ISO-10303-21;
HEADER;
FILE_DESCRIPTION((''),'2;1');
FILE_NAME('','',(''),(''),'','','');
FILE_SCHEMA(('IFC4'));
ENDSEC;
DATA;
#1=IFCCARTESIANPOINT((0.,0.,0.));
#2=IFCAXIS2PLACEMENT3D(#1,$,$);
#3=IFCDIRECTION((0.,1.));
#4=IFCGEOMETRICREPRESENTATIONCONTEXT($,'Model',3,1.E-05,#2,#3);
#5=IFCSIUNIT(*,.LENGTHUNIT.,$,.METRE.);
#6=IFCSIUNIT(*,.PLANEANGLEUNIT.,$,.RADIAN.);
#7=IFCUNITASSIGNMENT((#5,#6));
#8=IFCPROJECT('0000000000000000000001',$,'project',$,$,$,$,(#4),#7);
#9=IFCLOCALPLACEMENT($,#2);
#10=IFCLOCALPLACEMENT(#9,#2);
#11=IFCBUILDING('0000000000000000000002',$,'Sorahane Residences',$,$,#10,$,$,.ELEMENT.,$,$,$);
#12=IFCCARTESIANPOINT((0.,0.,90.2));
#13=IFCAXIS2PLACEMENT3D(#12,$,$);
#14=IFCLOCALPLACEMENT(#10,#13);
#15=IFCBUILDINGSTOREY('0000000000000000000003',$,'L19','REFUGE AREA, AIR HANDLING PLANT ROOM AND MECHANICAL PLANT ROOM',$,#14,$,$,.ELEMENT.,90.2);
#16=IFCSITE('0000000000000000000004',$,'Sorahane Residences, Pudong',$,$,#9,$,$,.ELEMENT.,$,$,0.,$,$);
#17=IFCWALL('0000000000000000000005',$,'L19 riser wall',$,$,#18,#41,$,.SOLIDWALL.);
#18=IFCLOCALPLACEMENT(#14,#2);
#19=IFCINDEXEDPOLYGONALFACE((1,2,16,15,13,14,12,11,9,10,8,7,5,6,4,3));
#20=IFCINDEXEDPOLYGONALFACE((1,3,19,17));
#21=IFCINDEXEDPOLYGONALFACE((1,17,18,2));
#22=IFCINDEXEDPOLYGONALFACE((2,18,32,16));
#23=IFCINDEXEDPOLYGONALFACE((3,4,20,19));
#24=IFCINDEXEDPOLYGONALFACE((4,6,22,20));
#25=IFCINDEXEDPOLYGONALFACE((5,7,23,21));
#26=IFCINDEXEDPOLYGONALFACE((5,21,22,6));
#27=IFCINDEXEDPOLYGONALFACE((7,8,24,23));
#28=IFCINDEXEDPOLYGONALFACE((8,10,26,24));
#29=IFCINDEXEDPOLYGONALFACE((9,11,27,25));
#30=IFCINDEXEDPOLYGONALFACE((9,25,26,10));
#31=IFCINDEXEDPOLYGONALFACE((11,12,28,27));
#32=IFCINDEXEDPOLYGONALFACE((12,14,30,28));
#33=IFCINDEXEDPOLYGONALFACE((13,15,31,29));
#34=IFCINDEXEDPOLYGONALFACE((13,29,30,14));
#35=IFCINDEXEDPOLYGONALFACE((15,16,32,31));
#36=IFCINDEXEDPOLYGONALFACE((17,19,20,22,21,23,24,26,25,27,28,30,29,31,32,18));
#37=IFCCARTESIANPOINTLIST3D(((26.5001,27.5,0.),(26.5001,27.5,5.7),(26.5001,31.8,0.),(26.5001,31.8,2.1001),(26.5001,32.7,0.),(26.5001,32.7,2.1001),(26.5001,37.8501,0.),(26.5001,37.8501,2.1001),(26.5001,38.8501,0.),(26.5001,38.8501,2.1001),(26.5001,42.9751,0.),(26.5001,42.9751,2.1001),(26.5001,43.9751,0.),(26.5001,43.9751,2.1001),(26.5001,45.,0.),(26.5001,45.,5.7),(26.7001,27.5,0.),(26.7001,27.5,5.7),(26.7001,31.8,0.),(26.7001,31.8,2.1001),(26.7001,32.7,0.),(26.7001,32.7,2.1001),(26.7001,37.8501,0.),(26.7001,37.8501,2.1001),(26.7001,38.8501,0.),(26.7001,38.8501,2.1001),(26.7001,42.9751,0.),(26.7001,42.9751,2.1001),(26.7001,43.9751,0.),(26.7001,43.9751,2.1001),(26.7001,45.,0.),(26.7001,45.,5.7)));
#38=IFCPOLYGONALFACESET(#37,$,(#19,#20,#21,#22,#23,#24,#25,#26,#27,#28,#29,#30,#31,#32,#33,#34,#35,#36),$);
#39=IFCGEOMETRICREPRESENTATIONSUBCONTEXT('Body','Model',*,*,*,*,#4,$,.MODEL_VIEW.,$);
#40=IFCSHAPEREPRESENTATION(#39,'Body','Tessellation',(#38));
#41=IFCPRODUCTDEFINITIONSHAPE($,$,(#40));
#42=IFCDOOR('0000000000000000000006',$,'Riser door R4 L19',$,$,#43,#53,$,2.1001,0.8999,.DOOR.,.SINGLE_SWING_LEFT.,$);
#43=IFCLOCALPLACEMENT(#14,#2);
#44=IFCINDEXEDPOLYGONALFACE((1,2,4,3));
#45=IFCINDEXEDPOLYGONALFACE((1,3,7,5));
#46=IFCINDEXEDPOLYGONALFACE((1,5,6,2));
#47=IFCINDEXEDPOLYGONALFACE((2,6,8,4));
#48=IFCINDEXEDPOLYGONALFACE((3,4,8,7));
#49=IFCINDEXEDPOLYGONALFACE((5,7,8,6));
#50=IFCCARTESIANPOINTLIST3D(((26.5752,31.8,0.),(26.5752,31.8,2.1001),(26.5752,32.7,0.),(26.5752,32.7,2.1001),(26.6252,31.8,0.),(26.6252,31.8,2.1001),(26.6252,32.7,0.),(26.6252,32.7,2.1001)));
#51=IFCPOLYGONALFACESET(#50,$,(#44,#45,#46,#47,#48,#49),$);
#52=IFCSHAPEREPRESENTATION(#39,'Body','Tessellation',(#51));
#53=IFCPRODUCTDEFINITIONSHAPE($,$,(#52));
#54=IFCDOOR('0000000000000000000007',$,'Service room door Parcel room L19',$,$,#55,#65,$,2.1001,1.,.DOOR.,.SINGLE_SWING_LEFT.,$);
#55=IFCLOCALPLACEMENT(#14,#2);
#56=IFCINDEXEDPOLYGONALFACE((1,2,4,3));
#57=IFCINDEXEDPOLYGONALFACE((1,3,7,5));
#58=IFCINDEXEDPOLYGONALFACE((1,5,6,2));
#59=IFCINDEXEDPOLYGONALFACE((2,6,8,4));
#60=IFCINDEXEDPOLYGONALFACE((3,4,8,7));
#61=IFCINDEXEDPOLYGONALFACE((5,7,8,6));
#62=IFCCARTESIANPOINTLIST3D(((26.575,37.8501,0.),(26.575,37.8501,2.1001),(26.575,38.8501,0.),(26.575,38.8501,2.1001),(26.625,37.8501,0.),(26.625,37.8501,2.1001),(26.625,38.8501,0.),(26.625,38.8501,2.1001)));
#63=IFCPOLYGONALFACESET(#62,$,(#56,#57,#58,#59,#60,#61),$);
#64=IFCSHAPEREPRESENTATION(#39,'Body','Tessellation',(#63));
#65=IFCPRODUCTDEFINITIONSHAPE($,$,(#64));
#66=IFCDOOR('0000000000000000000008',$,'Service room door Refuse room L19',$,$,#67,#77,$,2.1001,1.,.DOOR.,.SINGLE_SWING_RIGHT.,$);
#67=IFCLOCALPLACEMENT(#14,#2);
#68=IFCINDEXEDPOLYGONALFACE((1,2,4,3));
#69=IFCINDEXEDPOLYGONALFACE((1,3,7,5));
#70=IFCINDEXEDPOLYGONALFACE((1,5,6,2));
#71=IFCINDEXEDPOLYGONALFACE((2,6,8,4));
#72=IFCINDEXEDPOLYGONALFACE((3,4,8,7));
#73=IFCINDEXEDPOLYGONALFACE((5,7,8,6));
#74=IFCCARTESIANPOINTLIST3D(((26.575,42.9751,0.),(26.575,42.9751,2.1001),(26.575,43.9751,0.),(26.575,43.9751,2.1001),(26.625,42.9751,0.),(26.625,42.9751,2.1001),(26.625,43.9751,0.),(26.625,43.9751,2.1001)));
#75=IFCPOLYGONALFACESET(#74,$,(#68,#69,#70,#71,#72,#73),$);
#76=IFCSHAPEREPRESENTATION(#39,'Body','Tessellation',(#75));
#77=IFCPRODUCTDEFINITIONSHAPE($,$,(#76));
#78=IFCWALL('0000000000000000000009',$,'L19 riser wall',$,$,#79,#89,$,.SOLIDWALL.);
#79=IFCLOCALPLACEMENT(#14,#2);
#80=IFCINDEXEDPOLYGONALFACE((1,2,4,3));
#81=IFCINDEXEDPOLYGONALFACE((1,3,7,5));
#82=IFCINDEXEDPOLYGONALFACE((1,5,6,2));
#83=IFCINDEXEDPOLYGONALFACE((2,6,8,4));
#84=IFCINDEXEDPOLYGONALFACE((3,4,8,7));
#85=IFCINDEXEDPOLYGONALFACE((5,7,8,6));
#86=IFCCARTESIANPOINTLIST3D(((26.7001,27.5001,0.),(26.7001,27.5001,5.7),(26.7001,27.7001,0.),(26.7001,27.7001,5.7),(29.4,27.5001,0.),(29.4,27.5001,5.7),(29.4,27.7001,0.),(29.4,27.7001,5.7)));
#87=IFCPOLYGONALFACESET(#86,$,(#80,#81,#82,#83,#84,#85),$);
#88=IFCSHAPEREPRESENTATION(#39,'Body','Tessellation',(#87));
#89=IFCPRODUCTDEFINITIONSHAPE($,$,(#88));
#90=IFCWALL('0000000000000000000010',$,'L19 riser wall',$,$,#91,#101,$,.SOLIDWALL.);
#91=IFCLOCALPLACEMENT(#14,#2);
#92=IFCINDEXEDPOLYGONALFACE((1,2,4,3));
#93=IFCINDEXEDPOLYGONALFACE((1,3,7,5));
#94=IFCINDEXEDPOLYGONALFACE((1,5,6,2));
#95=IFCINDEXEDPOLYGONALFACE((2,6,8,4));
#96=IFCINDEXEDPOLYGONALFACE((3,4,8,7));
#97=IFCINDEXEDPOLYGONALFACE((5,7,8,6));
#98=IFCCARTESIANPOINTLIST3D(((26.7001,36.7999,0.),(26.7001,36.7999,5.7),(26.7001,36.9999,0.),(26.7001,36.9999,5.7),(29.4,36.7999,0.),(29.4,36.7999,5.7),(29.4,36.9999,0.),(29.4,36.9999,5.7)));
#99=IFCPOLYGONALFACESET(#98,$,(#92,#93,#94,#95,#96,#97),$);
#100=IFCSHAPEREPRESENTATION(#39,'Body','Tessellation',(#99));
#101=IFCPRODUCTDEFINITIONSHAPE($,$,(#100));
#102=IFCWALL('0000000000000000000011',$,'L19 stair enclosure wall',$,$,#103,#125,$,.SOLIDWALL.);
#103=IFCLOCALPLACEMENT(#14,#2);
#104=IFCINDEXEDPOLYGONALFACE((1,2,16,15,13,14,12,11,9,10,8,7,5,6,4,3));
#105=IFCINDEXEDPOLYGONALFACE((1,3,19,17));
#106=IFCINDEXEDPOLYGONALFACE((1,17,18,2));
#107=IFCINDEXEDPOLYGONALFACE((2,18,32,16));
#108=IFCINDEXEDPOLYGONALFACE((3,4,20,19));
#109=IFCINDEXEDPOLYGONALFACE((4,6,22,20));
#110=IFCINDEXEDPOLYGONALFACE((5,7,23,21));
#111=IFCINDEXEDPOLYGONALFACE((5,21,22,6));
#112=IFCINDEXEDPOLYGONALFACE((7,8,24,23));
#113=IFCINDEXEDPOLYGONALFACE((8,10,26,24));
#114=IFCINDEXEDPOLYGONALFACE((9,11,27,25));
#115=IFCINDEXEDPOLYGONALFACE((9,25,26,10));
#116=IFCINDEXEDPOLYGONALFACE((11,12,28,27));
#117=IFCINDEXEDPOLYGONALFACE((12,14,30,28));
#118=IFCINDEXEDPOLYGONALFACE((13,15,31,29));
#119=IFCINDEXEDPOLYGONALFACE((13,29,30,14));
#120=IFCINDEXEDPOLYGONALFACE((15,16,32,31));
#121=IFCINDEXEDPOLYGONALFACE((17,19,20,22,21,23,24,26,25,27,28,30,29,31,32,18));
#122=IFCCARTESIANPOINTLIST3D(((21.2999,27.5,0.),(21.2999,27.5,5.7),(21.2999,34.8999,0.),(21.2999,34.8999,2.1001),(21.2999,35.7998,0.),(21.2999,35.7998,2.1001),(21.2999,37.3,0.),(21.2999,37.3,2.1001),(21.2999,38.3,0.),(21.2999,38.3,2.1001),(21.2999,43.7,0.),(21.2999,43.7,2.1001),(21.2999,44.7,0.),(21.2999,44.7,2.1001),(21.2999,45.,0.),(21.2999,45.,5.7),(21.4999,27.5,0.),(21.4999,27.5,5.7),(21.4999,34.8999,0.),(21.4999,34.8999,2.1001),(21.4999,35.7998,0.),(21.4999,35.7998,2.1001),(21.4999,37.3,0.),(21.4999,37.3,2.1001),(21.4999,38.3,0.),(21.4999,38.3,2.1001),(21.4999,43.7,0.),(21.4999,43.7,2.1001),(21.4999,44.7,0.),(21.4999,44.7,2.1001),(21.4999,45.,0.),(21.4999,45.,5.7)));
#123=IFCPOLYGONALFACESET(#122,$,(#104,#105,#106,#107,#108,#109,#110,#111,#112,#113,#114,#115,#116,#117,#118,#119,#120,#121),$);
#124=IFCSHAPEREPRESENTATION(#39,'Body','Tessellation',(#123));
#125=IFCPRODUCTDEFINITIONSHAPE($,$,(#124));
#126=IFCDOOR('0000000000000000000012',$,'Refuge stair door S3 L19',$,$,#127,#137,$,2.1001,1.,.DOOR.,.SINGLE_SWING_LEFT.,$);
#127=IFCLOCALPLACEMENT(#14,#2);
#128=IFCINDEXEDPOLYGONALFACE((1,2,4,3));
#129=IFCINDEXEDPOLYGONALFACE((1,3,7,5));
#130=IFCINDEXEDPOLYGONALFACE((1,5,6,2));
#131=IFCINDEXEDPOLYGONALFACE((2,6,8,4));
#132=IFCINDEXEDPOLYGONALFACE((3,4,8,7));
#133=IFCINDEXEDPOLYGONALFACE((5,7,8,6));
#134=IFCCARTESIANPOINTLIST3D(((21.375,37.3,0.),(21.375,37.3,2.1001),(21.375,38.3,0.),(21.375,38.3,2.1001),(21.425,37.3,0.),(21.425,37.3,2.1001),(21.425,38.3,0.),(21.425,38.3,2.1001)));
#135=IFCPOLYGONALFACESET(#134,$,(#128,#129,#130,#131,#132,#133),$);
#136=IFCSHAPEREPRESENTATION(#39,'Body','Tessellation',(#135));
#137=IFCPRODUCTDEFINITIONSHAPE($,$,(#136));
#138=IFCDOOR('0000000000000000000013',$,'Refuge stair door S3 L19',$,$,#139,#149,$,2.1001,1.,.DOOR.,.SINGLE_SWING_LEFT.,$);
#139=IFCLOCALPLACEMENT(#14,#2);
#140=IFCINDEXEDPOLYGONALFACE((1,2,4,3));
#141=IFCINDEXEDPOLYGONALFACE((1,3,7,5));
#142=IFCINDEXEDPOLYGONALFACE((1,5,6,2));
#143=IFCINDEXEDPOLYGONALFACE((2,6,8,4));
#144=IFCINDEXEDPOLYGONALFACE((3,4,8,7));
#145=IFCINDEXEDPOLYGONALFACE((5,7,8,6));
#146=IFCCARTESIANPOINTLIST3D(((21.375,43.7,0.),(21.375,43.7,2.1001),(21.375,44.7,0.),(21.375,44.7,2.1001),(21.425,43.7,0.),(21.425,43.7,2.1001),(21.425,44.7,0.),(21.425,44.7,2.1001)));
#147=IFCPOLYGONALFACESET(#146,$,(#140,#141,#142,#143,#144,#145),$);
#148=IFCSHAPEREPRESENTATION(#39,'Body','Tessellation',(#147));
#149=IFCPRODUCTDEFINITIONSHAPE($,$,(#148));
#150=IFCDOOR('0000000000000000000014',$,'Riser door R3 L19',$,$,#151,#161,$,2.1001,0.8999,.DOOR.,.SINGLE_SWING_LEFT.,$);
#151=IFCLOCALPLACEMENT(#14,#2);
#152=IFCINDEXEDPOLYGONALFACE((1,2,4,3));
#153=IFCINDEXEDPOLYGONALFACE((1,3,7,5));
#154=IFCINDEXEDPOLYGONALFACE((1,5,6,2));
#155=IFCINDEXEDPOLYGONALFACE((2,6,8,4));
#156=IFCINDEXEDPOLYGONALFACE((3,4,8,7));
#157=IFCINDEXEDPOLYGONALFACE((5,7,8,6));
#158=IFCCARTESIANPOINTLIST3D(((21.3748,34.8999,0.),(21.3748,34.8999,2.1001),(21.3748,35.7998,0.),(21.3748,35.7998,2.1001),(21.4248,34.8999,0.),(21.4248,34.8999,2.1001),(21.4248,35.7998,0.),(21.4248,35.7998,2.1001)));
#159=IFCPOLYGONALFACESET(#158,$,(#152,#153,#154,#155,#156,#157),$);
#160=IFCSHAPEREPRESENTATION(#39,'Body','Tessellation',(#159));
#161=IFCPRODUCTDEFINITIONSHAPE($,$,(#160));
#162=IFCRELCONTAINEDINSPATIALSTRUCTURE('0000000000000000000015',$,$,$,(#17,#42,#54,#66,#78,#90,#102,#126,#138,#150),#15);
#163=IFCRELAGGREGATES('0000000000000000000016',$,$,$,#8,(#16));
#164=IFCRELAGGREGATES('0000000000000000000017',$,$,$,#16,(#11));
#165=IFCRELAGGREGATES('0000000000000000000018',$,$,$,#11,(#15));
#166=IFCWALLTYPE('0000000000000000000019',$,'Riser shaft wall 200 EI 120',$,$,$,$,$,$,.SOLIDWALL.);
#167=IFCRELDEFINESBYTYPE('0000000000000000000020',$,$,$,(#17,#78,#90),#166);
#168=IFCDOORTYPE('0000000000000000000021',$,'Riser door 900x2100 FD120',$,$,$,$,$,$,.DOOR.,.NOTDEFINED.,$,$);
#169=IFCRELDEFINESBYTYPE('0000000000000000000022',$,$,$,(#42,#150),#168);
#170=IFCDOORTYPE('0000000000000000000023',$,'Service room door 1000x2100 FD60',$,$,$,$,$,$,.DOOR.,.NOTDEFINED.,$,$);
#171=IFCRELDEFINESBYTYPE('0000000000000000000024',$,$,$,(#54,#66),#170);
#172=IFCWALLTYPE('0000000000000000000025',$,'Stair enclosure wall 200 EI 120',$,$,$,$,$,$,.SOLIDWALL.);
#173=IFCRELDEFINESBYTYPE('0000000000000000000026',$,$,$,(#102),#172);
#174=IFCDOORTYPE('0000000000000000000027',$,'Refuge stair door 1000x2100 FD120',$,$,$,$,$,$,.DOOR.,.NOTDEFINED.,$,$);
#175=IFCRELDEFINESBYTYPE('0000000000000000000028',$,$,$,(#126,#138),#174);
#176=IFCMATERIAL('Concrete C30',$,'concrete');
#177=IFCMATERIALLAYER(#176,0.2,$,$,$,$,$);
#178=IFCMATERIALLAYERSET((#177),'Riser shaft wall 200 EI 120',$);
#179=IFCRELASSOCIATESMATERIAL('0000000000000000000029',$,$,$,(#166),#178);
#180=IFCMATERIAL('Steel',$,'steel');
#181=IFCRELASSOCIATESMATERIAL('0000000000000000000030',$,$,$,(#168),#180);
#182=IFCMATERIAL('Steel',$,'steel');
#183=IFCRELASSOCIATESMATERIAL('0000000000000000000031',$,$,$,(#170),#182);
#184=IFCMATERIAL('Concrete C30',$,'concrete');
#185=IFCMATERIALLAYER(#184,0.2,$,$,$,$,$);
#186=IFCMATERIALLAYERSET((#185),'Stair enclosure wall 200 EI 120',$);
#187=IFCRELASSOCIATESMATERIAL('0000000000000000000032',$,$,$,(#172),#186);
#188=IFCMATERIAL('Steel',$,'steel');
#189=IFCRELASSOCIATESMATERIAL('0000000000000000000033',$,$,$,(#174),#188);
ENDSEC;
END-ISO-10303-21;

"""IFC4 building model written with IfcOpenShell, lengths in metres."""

from ifc_helpers import new_model, si_unit, direction, frame, frame_2d, origin, place, context, subcontext, project, spatial, rectangle, extrude, material, layer, layer_set, type_object, element, fill, save


model = new_model("IFC4")

# Units and contexts
model_context = context("Model", 3, precision=1e-05, world=origin(), true_north=direction((0.0, 1.0)))
body_context = subcontext(model_context, "Body", "Model", "MODEL_VIEW")
ifc_project = project(units=[si_unit("LENGTHUNIT", "METRE"), si_unit("PLANEANGLEUNIT", "RADIAN")], contexts=[model_context])

# Site, building, storey
site_placement = place(None, origin())
site = spatial("IfcSite", under=ifc_project, at=site_placement, Name="Sorahane Residences, Pudong", CompositionType="ELEMENT", RefElevation=0.0)
building_placement = place(site_placement, origin())
building = spatial("IfcBuilding", under=site, at=building_placement, Name="Sorahane Residences", CompositionType="ELEMENT")
storey_placement = place(building_placement, frame((0.0, 0.0, 90.2)))
storey = spatial("IfcBuildingStorey", under=building, at=storey_placement, Name="L19", Description="REFUGE AREA, AIR HANDLING PLANT ROOM AND MECHANICAL PLANT ROOM", CompositionType="ELEMENT", Elevation=90.2)

# Wall, openings, doors
ifc_material_1 = material(Name="Concrete C30", Category="concrete")
ifc_layer_1 = layer(ifc_material_1, 0.2)
ifc_layer_set_1 = layer_set([ifc_layer_1], Name="Riser shaft wall 200 EI 120")
wall_type_1 = type_object("IfcWallType", Name="Riser shaft wall 200 EI 120", PredefinedType="SOLIDWALL", material=ifc_layer_set_1)
wall_1_placement = place(storey_placement, frame((26.6001, 27.5, 0.0), z_axis=(0.0, 0.0, 1.0), x_axis=(0.0, 1.0, 0.0)))
wall_1 = element("IfcWall", 1, at=wall_1_placement, inside=storey, type_object=wall_type_1, Name="L19 riser wall", PredefinedType="SOLIDWALL", context=body_context, shape_type="SweptSolid", body=[
    extrude(rectangle(XDim=17.5, YDim=0.2, at=frame_2d((8.75, 0.0))), origin(), (0.0, 0.0, 1.0), 5.7),
])
opening_1_placement = place(wall_1_placement, frame((4.3, 0.0, 0.0)))
opening_1 = element("IfcOpeningElement", 2, at=opening_1_placement, cuts=wall_1, PredefinedType="OPENING", context=body_context, shape_type="SweptSolid", body=[
    extrude(rectangle(XDim=0.8999, YDim=2.1001, at=frame_2d((0.45, 1.05))), frame((0.0, 0.1099, 0.0), z_axis=(0.0, -1.0, 0.0), x_axis=(1.0, 0.0, 0.0)), (0.0, 0.0, 1.0), 0.22),
])
opening_2_placement = place(wall_1_placement, frame((10.3501, 0.0, 0.0)))
opening_2 = element("IfcOpeningElement", 3, at=opening_2_placement, cuts=wall_1, PredefinedType="OPENING", context=body_context, shape_type="SweptSolid", body=[
    extrude(rectangle(XDim=1.0, YDim=2.1001, at=frame_2d((0.5, 1.05))), frame((0.0, 0.1099, 0.0), z_axis=(0.0, -1.0, 0.0), x_axis=(1.0, 0.0, 0.0)), (0.0, 0.0, 1.0), 0.22),
])
opening_3_placement = place(wall_1_placement, frame((15.4751, 0.0, 0.0)))
opening_3 = element("IfcOpeningElement", 4, at=opening_3_placement, cuts=wall_1, PredefinedType="OPENING", context=body_context, shape_type="SweptSolid", body=[
    extrude(rectangle(XDim=1.0, YDim=2.1001, at=frame_2d((0.5, 1.05))), frame((0.0, 0.1099, 0.0), z_axis=(0.0, -1.0, 0.0), x_axis=(1.0, 0.0, 0.0)), (0.0, 0.0, 1.0), 0.22),
])
ifc_material_2 = material(Name="Steel", Category="steel")
door_type_1 = type_object("IfcDoorType", Name="Riser door 900x2100 FD120", OperationType="NOTDEFINED", PredefinedType="DOOR", material=ifc_material_2)
door_1_placement = place(opening_1_placement, origin())
door_1 = element("IfcDoor", 5, at=door_1_placement, inside=storey, type_object=door_type_1, Name="Riser door R4 L19", OperationType="SINGLE_SWING_LEFT", OverallHeight=2.1001, OverallWidth=0.8999, PredefinedType="DOOR", context=body_context, shape_type="SweptSolid", body=[
    extrude(rectangle(XDim=0.8999, YDim=2.1001, at=frame_2d((0.45, 1.05))), frame((0.0, 0.0249, 0.0), z_axis=(0.0, -1.0, 0.0), x_axis=(1.0, 0.0, 0.0)), (0.0, 0.0, 1.0), 0.05),
])
fill(opening_1, door_1)
ifc_material_3 = material(Name="Steel", Category="steel")
door_type_2 = type_object("IfcDoorType", Name="Service room door 1000x2100 FD60", OperationType="NOTDEFINED", PredefinedType="DOOR", material=ifc_material_3)
door_2_placement = place(opening_2_placement, frame((1.0, 0.0, 0.0), z_axis=(0.0, 0.0, 1.0), x_axis=(-1.0, 0.0, 0.0)))
door_2 = element("IfcDoor", 6, at=door_2_placement, inside=storey, type_object=door_type_2, Name="Service room door Parcel room L19", OperationType="SINGLE_SWING_LEFT", OverallHeight=2.1001, OverallWidth=1.0, PredefinedType="DOOR", context=body_context, shape_type="SweptSolid", body=[
    extrude(rectangle(XDim=1.0, YDim=2.1001, at=frame_2d((0.5, 1.05))), frame((0.0, 0.0249, 0.0), z_axis=(0.0, -1.0, 0.0), x_axis=(1.0, 0.0, 0.0)), (0.0, 0.0, 1.0), 0.05),
])
fill(opening_2, door_2)
door_3_placement = place(opening_3_placement, frame((1.0, 0.0, 0.0), z_axis=(0.0, 0.0, 1.0), x_axis=(-1.0, 0.0, 0.0)))
door_3 = element("IfcDoor", 7, at=door_3_placement, inside=storey, type_object=door_type_2, Name="Service room door Refuse room L19", OperationType="SINGLE_SWING_RIGHT", OverallHeight=2.1001, OverallWidth=1.0, PredefinedType="DOOR", context=body_context, shape_type="SweptSolid", body=[
    extrude(rectangle(XDim=1.0, YDim=2.1001, at=frame_2d((0.5, 1.05))), frame((0.0, 0.0249, 0.0), z_axis=(0.0, -1.0, 0.0), x_axis=(1.0, 0.0, 0.0)), (0.0, 0.0, 1.0), 0.05),
])
fill(opening_3, door_3)

# Walls
for number, where, z_axis, x_axis, name in (
    (8, (26.7, 27.6001, 0.0), (0.0, 0.0, 1.0), (1.0, 0.0, 0.0), "L19 riser wall"),
    (9, (26.7, 36.8999, 0.0), (0.0, 0.0, 1.0), (1.0, 0.0, 0.0), "L19 riser wall"),
):
    element("IfcWall", number, at=place(storey_placement, frame(where, z_axis=z_axis, x_axis=x_axis)), inside=storey, type_object=wall_type_1, Name=name, PredefinedType="SOLIDWALL", context=body_context, shape_type="SweptSolid", body=[
        extrude(rectangle(XDim=2.7, YDim=0.2, at=frame_2d((1.3501, 0.0))), origin(), (0.0, 0.0, 1.0), 5.7),
    ])

# Wall, openings, doors
ifc_material_4 = material(Name="Concrete C30", Category="concrete")
ifc_layer_2 = layer(ifc_material_4, 0.2)
ifc_layer_set_2 = layer_set([ifc_layer_2], Name="Stair enclosure wall 200 EI 120")
wall_type_2 = type_object("IfcWallType", Name="Stair enclosure wall 200 EI 120", PredefinedType="SOLIDWALL", material=ifc_layer_set_2)
wall_2_placement = place(storey_placement, frame((21.3999, 27.5, 0.0), z_axis=(0.0, 0.0, 1.0), x_axis=(0.0, 1.0, 0.0)))
wall_2 = element("IfcWall", 10, at=wall_2_placement, inside=storey, type_object=wall_type_2, Name="L19 stair enclosure wall", PredefinedType="SOLIDWALL", context=body_context, shape_type="SweptSolid", body=[
    extrude(rectangle(XDim=17.5, YDim=0.2, at=frame_2d((8.75, 0.0))), origin(), (0.0, 0.0, 1.0), 5.7),
])
opening_4_placement = place(wall_2_placement, frame((9.8, 0.0, 0.0)))
opening_4 = element("IfcOpeningElement", 11, at=opening_4_placement, cuts=wall_2, PredefinedType="OPENING", context=body_context, shape_type="SweptSolid", body=[
    extrude(rectangle(XDim=1.0, YDim=2.1001, at=frame_2d((0.5, 1.05))), frame((0.0, 0.1099, 0.0), z_axis=(0.0, -1.0, 0.0), x_axis=(1.0, 0.0, 0.0)), (0.0, 0.0, 1.0), 0.22),
])
opening_5_placement = place(wall_2_placement, frame((16.2, 0.0, 0.0)))
opening_5 = element("IfcOpeningElement", 12, at=opening_5_placement, cuts=wall_2, PredefinedType="OPENING", context=body_context, shape_type="SweptSolid", body=[
    extrude(rectangle(XDim=1.0, YDim=2.1001, at=frame_2d((0.5, 1.05))), frame((0.0, 0.1099, 0.0), z_axis=(0.0, -1.0, 0.0), x_axis=(1.0, 0.0, 0.0)), (0.0, 0.0, 1.0), 0.22),
])
opening_6_placement = place(wall_2_placement, frame((7.3999, 0.0, 0.0)))
opening_6 = element("IfcOpeningElement", 13, at=opening_6_placement, cuts=wall_2, PredefinedType="OPENING", context=body_context, shape_type="SweptSolid", body=[
    extrude(rectangle(XDim=0.8999, YDim=2.1001, at=frame_2d((0.45, 1.05))), frame((0.0, 0.1099, 0.0), z_axis=(0.0, -1.0, 0.0), x_axis=(1.0, 0.0, 0.0)), (0.0, 0.0, 1.0), 0.22),
])
ifc_material_5 = material(Name="Steel", Category="steel")
door_type_3 = type_object("IfcDoorType", Name="Refuge stair door 1000x2100 FD120", OperationType="NOTDEFINED", PredefinedType="DOOR", material=ifc_material_5)
door_4_placement = place(opening_4_placement, origin())
door_4 = element("IfcDoor", 14, at=door_4_placement, inside=storey, type_object=door_type_3, Name="Refuge stair door S3 L19", OperationType="SINGLE_SWING_LEFT", OverallHeight=2.1001, OverallWidth=1.0, PredefinedType="DOOR", context=body_context, shape_type="SweptSolid", body=[
    extrude(rectangle(XDim=1.0, YDim=2.1001, at=frame_2d((0.5, 1.05))), frame((0.0, 0.0249, 0.0), z_axis=(0.0, -1.0, 0.0), x_axis=(1.0, 0.0, 0.0)), (0.0, 0.0, 1.0), 0.05),
])
fill(opening_4, door_4)
door_5_placement = place(opening_5_placement, origin())
door_5 = element("IfcDoor", 15, at=door_5_placement, inside=storey, type_object=door_type_3, Name="Refuge stair door S3 L19", OperationType="SINGLE_SWING_LEFT", OverallHeight=2.1001, OverallWidth=1.0, PredefinedType="DOOR", context=body_context, shape_type="SweptSolid", body=[
    extrude(rectangle(XDim=1.0, YDim=2.1001, at=frame_2d((0.5, 1.05))), frame((0.0, 0.0249, 0.0), z_axis=(0.0, -1.0, 0.0), x_axis=(1.0, 0.0, 0.0)), (0.0, 0.0, 1.0), 0.05),
])
fill(opening_5, door_5)
door_6_placement = place(opening_6_placement, frame((0.8999, 0.0, 0.0), z_axis=(0.0, 0.0, 1.0), x_axis=(-1.0, 0.0, 0.0)))
door_6 = element("IfcDoor", 16, at=door_6_placement, inside=storey, type_object=door_type_1, Name="Riser door R3 L19", OperationType="SINGLE_SWING_LEFT", OverallHeight=2.1001, OverallWidth=0.8999, PredefinedType="DOOR", context=body_context, shape_type="SweptSolid", body=[
    extrude(rectangle(XDim=0.8999, YDim=2.1001, at=frame_2d((0.45, 1.05))), frame((0.0, 0.0249, 0.0), z_axis=(0.0, -1.0, 0.0), x_axis=(1.0, 0.0, 0.0)), (0.0, 0.0, 1.0), 0.05),
])
fill(opening_6, door_6)

save(model, "model.ifc")
